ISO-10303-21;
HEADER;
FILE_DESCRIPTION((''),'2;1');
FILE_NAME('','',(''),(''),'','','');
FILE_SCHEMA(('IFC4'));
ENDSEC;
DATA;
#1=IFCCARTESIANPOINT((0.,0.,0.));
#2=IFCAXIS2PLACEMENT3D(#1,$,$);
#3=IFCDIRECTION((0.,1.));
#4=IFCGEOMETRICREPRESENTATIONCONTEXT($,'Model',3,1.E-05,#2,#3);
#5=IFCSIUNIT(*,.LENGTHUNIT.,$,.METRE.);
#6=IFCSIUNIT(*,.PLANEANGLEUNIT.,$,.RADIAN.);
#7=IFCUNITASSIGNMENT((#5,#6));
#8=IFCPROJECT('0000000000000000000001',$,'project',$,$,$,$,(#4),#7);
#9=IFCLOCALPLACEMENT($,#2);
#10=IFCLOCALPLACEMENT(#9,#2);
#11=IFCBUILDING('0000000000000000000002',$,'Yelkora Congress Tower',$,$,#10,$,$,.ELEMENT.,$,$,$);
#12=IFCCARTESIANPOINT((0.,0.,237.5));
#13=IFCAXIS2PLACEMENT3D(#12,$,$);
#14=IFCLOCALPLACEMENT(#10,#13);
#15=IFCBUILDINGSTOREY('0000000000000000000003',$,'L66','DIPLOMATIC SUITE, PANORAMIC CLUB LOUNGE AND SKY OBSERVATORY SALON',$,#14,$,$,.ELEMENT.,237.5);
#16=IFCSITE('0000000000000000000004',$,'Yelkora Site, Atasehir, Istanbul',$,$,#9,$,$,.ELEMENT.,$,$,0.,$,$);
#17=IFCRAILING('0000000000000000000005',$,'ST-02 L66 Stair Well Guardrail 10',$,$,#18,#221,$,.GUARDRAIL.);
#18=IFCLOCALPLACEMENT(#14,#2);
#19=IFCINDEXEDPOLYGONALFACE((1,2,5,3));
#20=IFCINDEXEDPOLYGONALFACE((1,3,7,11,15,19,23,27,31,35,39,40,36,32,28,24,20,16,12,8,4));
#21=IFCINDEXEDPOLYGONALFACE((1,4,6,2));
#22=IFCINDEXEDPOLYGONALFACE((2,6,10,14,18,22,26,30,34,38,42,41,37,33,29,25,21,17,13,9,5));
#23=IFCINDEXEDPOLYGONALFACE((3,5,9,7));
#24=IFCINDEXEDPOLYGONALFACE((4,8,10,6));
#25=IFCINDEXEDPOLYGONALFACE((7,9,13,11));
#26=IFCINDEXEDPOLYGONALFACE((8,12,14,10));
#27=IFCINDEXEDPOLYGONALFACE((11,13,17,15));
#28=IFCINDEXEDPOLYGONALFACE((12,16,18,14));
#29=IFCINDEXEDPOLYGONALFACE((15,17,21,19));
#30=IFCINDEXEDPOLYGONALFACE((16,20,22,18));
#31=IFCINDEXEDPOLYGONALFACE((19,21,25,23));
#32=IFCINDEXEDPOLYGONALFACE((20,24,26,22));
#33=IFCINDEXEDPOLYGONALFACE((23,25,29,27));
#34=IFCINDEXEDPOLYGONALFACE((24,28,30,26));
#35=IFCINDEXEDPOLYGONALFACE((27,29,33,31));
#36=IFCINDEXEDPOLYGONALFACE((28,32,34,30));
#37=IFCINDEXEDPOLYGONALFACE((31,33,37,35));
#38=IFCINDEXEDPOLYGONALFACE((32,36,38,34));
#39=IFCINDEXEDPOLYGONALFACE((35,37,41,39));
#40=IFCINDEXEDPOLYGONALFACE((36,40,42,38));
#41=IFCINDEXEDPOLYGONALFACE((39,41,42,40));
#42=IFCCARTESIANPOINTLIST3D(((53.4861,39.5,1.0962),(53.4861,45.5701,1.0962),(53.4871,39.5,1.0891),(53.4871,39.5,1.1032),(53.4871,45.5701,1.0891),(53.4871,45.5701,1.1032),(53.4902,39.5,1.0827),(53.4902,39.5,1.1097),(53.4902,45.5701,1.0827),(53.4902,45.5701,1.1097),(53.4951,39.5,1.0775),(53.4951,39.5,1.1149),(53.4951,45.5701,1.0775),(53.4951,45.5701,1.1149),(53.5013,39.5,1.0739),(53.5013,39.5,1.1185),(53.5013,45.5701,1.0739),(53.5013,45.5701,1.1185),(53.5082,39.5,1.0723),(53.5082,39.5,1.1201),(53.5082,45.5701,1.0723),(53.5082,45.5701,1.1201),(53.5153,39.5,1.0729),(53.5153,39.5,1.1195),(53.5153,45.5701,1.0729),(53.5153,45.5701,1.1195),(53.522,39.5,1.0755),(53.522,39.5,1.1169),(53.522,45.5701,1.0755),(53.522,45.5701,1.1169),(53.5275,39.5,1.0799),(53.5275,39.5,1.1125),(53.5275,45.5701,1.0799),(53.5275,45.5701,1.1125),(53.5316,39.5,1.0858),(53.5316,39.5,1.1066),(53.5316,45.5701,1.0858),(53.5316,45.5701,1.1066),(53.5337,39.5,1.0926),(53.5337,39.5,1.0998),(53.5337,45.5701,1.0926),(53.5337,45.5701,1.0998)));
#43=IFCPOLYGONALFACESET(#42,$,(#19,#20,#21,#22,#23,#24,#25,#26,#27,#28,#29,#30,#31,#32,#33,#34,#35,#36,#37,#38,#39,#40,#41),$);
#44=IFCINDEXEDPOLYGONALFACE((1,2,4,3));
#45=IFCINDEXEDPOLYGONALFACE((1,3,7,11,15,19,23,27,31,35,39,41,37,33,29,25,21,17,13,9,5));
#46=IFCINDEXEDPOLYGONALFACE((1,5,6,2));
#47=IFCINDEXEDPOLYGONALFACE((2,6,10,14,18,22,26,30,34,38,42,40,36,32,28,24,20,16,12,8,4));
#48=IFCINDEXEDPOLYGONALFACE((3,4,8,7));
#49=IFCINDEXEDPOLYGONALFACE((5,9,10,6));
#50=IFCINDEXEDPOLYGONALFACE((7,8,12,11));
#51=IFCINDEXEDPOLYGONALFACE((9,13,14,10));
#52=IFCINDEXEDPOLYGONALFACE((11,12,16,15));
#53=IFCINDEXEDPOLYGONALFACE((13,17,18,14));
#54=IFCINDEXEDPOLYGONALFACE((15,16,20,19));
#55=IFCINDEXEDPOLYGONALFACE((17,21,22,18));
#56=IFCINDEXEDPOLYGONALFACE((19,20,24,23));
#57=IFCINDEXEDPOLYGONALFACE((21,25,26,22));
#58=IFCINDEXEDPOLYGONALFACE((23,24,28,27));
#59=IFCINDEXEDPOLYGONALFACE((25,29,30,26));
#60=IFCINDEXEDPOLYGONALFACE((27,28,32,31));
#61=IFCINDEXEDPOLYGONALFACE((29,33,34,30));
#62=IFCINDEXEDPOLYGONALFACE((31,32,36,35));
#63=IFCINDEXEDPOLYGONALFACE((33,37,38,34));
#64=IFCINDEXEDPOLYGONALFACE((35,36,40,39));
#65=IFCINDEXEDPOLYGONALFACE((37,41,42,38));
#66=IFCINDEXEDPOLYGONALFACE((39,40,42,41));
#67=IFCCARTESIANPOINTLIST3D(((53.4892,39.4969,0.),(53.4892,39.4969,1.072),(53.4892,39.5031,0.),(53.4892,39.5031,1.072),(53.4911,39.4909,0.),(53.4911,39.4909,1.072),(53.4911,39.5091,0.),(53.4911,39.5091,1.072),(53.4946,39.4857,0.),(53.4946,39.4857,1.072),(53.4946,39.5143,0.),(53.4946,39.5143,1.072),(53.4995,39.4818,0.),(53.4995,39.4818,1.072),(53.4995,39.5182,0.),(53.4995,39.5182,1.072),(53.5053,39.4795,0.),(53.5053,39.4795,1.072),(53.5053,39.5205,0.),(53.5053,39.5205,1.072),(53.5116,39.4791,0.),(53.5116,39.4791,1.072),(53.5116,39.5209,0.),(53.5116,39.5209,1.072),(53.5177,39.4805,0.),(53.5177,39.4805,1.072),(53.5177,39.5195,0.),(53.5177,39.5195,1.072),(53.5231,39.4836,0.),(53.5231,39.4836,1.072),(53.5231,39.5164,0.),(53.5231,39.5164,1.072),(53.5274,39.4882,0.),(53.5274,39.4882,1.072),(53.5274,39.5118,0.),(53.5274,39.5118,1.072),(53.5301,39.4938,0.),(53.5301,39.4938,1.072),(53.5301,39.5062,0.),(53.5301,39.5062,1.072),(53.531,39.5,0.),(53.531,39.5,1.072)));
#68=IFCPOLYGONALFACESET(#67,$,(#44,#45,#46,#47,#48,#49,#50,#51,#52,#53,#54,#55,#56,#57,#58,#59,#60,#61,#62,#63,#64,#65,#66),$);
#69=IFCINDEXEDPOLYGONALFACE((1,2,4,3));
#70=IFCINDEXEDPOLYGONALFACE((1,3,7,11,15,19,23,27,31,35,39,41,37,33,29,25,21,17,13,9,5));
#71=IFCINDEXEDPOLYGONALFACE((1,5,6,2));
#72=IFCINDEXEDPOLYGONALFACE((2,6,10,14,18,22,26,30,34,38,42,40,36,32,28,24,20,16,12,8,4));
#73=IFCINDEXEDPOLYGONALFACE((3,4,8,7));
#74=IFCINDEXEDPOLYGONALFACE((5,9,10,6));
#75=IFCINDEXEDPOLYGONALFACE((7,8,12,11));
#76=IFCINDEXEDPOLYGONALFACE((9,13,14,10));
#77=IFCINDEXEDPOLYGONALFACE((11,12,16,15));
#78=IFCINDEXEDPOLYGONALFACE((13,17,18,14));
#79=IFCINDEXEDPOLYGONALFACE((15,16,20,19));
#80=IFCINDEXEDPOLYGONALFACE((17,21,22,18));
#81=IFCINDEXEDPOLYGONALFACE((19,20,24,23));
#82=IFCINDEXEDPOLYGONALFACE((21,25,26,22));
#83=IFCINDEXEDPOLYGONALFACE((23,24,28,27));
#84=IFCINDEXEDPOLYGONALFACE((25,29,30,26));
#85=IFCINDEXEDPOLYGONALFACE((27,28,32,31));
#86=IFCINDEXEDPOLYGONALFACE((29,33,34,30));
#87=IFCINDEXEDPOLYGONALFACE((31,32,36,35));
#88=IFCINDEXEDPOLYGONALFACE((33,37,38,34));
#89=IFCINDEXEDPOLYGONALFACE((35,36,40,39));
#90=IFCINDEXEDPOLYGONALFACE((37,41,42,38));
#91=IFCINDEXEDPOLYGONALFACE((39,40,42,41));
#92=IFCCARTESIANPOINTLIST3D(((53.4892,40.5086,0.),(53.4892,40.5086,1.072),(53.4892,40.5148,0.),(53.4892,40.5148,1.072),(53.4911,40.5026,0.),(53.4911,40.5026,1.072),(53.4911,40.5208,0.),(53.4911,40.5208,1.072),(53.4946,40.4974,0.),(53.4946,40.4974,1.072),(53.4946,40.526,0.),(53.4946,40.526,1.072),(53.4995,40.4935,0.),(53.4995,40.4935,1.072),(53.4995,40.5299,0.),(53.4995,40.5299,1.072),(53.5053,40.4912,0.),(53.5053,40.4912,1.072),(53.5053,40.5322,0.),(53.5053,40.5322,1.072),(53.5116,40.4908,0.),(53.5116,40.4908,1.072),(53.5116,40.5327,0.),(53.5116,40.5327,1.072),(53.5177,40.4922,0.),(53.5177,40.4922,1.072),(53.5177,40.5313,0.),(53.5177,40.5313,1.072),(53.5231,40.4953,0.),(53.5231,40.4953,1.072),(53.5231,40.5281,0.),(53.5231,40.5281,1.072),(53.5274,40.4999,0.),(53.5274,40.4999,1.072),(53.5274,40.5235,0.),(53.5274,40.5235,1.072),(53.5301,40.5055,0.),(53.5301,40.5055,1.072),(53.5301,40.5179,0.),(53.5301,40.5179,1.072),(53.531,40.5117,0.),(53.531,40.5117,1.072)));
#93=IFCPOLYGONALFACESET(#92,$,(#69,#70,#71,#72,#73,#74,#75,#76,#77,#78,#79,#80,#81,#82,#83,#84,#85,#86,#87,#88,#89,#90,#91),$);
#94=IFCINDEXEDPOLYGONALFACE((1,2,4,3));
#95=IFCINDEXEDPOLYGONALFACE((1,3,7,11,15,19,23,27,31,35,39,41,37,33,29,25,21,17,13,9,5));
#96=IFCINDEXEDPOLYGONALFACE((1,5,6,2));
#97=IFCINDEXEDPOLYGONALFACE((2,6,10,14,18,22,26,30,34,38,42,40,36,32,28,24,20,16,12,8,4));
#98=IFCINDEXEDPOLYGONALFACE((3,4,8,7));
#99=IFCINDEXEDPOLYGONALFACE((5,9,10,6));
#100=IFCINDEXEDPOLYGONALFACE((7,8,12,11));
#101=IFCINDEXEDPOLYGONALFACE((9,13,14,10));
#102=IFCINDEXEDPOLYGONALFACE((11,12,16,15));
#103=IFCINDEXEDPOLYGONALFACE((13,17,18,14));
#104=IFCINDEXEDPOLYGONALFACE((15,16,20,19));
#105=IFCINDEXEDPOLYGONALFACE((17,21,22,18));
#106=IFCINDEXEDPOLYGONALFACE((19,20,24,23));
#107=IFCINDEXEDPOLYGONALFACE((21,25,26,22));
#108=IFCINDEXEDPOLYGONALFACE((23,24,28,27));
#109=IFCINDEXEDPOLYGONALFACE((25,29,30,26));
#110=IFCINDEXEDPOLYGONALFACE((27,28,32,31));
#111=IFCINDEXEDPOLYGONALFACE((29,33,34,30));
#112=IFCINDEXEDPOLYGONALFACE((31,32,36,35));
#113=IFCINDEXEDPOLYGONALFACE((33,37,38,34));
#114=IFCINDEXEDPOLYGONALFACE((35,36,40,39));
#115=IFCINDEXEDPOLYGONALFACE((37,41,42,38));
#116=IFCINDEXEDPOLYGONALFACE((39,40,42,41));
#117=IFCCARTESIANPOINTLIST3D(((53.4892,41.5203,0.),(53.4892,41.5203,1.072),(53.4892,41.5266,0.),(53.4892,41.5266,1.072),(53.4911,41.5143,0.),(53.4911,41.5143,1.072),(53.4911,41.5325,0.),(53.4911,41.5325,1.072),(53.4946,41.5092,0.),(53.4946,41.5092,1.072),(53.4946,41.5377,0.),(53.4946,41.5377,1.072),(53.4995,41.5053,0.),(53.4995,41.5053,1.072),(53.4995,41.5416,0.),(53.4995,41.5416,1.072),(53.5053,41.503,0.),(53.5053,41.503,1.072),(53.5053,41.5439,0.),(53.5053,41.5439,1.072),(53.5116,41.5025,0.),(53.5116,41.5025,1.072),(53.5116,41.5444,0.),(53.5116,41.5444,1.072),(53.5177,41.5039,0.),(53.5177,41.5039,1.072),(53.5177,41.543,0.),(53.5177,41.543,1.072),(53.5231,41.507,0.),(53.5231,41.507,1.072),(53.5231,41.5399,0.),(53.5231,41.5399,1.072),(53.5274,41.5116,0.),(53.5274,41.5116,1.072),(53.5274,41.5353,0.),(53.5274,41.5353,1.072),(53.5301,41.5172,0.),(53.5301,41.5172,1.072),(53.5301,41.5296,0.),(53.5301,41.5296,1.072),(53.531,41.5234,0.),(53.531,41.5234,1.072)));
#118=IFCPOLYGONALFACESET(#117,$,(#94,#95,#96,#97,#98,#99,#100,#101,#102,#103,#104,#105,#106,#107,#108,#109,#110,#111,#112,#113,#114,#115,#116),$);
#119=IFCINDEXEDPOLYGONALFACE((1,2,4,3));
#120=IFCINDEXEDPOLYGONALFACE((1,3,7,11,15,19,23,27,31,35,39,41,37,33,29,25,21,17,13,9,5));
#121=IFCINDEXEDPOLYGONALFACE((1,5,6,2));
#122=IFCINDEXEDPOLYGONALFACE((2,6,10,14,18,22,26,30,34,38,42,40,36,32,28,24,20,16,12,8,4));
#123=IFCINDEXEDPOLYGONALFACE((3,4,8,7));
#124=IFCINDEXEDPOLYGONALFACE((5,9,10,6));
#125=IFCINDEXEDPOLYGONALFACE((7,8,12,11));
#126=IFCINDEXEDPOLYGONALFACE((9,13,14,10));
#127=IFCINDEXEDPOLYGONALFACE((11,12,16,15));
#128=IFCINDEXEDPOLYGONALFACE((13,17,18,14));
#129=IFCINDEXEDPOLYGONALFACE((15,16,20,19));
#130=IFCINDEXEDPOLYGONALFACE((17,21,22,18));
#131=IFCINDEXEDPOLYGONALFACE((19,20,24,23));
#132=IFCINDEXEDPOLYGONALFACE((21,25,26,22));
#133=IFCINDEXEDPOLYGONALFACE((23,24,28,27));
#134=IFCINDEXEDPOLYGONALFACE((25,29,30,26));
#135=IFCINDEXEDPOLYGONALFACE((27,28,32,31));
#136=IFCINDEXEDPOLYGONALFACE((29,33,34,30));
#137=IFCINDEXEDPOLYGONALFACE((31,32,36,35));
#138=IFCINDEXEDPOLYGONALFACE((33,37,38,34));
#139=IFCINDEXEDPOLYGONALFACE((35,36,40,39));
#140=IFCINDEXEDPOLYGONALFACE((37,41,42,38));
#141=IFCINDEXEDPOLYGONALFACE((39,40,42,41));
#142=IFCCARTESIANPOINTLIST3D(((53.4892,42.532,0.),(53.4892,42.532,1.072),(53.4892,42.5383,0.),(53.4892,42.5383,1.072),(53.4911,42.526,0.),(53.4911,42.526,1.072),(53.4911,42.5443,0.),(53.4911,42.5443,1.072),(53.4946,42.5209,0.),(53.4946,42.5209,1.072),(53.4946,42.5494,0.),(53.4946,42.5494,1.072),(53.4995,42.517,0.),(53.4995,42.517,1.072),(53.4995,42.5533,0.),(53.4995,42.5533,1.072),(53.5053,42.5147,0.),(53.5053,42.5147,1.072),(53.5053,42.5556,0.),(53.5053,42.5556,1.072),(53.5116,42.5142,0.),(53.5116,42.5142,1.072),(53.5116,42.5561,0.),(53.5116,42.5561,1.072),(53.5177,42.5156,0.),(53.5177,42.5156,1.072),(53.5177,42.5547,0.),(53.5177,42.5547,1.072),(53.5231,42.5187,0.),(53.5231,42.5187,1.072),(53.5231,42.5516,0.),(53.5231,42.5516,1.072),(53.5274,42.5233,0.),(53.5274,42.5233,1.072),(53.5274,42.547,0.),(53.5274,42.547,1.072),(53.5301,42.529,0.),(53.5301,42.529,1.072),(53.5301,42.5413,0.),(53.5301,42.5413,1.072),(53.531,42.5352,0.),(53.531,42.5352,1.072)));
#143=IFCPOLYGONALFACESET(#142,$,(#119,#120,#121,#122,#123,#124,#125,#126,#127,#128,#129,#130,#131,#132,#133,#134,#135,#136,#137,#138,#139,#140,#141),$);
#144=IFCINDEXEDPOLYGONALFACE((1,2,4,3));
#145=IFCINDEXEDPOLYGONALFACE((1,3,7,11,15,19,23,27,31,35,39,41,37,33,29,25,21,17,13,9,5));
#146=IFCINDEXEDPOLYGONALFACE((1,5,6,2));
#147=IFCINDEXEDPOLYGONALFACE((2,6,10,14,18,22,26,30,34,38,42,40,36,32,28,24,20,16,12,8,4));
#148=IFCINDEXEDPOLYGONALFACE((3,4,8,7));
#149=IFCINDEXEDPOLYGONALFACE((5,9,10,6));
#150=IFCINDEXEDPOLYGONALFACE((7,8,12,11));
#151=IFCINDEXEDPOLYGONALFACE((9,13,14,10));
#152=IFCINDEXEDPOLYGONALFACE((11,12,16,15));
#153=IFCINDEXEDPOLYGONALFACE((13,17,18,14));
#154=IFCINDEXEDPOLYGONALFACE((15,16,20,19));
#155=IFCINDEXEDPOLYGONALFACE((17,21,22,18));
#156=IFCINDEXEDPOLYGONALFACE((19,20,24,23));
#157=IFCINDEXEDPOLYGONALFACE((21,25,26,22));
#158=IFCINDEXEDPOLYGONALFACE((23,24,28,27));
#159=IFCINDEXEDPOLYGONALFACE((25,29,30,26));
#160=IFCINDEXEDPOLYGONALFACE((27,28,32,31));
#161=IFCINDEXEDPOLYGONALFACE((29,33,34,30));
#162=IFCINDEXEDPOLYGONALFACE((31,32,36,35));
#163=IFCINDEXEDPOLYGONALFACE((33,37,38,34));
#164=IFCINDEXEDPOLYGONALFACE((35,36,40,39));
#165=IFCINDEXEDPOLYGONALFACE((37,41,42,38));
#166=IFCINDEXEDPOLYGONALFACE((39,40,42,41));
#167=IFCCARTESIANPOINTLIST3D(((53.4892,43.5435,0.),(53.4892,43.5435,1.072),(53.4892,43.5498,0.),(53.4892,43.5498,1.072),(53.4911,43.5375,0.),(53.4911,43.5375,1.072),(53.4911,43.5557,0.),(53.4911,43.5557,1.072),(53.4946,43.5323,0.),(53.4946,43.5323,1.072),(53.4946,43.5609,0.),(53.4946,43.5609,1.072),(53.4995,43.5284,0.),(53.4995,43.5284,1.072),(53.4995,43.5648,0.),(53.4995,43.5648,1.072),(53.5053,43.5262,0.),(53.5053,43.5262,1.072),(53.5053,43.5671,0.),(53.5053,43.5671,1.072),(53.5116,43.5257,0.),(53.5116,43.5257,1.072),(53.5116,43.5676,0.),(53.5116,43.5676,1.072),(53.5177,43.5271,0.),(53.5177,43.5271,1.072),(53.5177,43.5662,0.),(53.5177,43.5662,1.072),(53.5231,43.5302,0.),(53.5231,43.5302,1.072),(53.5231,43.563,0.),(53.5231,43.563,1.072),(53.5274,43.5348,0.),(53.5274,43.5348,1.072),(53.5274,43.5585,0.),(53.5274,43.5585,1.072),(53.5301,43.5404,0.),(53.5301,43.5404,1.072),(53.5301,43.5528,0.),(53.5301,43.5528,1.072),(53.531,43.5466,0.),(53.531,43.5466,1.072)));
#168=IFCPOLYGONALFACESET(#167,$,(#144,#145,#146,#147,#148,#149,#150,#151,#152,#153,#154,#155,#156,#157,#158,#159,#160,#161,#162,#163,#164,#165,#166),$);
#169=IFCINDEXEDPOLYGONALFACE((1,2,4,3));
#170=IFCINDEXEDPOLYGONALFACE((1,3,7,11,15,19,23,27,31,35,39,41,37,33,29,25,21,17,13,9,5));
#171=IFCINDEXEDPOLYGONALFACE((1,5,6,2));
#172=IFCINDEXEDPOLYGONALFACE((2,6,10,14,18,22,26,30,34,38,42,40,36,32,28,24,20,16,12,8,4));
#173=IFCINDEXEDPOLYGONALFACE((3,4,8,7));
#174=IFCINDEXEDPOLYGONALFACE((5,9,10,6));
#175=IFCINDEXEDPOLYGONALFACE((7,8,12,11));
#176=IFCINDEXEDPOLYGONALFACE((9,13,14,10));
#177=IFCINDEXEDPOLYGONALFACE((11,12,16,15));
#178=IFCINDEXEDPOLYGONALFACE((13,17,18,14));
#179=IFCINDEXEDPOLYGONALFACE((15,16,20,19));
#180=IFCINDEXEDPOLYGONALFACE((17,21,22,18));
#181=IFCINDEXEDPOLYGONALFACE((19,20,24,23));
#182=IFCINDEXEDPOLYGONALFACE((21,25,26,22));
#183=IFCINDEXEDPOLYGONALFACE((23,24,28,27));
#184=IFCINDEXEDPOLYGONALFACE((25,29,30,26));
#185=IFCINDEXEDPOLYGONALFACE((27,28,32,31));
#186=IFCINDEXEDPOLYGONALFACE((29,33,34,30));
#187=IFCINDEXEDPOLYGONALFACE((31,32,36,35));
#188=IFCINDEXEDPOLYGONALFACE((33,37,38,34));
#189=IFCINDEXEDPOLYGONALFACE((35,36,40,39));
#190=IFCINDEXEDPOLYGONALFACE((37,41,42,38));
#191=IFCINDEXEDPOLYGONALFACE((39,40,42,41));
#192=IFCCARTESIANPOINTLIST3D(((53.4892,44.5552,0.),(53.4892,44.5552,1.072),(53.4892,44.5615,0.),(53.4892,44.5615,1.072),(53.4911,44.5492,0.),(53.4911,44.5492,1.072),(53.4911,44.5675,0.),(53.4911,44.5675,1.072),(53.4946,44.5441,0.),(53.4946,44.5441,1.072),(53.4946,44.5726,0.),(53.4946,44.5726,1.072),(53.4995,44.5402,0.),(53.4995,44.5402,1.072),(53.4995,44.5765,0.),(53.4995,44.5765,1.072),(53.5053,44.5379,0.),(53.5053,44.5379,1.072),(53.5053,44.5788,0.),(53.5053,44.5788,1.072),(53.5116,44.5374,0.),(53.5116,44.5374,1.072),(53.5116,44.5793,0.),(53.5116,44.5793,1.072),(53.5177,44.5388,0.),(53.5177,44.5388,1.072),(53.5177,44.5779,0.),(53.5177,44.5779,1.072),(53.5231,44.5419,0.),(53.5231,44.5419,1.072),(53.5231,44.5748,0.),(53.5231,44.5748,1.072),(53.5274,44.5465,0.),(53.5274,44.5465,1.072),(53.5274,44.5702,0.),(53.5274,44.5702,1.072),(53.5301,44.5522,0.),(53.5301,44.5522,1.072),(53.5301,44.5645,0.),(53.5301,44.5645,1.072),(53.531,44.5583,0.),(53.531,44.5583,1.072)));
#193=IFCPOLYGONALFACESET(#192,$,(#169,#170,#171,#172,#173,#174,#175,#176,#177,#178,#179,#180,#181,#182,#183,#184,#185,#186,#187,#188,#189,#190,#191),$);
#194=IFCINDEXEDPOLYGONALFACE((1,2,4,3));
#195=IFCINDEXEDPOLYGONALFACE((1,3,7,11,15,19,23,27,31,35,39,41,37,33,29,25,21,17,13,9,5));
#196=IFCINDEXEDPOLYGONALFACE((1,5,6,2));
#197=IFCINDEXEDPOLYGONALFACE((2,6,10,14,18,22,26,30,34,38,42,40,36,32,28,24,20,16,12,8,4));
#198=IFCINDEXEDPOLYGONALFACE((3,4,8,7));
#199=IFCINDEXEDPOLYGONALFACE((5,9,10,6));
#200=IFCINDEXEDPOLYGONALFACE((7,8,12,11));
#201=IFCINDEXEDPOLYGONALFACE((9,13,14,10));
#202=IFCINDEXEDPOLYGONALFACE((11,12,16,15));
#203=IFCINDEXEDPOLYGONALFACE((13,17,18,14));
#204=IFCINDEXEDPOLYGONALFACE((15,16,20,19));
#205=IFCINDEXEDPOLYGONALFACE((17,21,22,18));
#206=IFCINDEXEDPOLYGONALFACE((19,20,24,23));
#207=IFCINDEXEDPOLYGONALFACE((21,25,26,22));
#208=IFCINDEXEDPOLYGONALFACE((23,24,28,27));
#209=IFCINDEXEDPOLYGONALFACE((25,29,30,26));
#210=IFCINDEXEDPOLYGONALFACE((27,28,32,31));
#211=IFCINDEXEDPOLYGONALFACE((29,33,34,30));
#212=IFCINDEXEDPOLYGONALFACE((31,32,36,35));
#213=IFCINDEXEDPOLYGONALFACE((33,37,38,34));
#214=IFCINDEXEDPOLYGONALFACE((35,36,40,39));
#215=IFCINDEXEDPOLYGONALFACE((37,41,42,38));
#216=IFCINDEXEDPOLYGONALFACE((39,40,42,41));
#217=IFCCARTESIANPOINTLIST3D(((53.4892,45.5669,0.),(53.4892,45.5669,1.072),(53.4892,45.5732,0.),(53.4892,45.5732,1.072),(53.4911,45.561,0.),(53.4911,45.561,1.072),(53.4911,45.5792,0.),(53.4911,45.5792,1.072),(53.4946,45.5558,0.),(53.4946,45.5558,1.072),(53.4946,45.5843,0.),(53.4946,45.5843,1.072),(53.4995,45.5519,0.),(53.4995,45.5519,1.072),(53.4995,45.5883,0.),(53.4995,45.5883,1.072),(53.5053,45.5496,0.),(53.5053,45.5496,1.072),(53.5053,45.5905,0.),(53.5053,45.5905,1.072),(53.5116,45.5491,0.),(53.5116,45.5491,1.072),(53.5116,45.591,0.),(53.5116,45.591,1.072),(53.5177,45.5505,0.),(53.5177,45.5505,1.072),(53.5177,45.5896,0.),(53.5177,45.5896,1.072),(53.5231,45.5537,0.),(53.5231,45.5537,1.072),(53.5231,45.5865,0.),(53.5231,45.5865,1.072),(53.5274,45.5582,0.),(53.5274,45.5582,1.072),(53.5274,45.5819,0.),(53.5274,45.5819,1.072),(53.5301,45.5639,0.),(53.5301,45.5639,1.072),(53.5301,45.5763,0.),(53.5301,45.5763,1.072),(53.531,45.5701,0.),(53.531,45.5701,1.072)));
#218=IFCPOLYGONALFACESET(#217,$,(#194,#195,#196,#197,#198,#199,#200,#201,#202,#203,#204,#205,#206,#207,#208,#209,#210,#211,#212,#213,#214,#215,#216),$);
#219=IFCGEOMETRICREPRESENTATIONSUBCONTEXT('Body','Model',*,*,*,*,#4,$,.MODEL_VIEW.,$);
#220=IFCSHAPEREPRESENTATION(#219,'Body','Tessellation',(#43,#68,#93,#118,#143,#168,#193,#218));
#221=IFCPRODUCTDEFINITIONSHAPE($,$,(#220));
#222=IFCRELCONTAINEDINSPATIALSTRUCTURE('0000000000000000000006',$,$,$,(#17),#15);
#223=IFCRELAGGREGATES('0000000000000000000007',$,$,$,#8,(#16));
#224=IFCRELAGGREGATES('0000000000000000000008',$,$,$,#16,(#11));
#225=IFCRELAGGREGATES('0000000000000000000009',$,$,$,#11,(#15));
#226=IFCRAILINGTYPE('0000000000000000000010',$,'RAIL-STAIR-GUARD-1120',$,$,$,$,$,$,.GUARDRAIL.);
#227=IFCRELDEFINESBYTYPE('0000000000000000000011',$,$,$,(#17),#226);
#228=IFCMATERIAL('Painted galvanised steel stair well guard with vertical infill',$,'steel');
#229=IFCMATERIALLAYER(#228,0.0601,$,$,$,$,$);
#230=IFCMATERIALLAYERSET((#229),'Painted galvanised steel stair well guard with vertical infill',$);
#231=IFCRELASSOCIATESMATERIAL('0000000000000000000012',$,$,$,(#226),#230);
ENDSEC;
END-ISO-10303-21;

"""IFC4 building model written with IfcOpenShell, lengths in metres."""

from ifc_helpers import new_model, si_unit, direction, frame, origin, origin_2d, place, context, subcontext, project, spatial, circle, extrude, material, layer, layer_set, type_object, element, save


model = new_model("IFC4")

# Units and contexts
model_context = context("Model", 3, precision=1e-05, world=origin(), true_north=direction((0.0, 1.0)))
body_context = subcontext(model_context, "Body", "Model", "MODEL_VIEW")
ifc_project = project(units=[si_unit("LENGTHUNIT", "METRE"), si_unit("PLANEANGLEUNIT", "RADIAN")], contexts=[model_context])

# Site, building, storey
site_placement = place(None, origin())
site = spatial("IfcSite", under=ifc_project, at=site_placement, Name="Yelkora Site, Atasehir, Istanbul", CompositionType="ELEMENT", RefElevation=0.0)
building_placement = place(site_placement, origin())
building = spatial("IfcBuilding", under=site, at=building_placement, Name="Yelkora Congress Tower", CompositionType="ELEMENT")
storey_placement = place(building_placement, frame((0.0, 0.0, 237.5)))
storey = spatial("IfcBuildingStorey", under=building, at=storey_placement, Name="L66", Description="DIPLOMATIC SUITE, PANORAMIC CLUB LOUNGE AND SKY OBSERVATORY SALON", CompositionType="ELEMENT", Elevation=237.5)

# Railing
ifc_material_1 = material(Name="Painted galvanised steel stair well guard with vertical infill", Category="steel")
ifc_layer_1 = layer(ifc_material_1, 0.0601)
ifc_layer_set_1 = layer_set([ifc_layer_1], Name="Painted galvanised steel stair well guard with vertical infill")
railing_type_1 = type_object("IfcRailingType", Name="RAIL-STAIR-GUARD-1120", PredefinedType="GUARDRAIL", material=ifc_layer_set_1)
railing_1_placement = place(storey_placement, frame((53.51, 39.5, 0.0)))
element("IfcRailing", 1, at=railing_1_placement, inside=storey, type_object=railing_type_1, Name="ST-02 L66 Stair Well Guardrail 10", PredefinedType="GUARDRAIL", context=body_context, shape_type="SweptSolid", body=[
    extrude(circle(Radius=0.0239, at=origin_2d()), frame((0.0, 0.0, 1.0962), z_axis=(0.0, 1.0, 0.0), x_axis=(-1.0, 0.0, 0.0)), (0.0, 0.0, 1.0), 6.0701),
    extrude(circle(Radius=0.021, at=origin_2d()), origin(), (0.0, 0.0, 1.0), 1.072),
    extrude(circle(Radius=0.021, at=origin_2d()), frame((0.0, 1.0117, 0.0)), (0.0, 0.0, 1.0), 1.072),
    extrude(circle(Radius=0.021, at=origin_2d()), frame((0.0, 2.0234, 0.0)), (0.0, 0.0, 1.0), 1.072),
    extrude(circle(Radius=0.021, at=origin_2d()), frame((0.0, 3.0352, 0.0)), (0.0, 0.0, 1.0), 1.072),
    extrude(circle(Radius=0.021, at=origin_2d()), frame((0.0, 4.0466, 0.0)), (0.0, 0.0, 1.0), 1.072),
    extrude(circle(Radius=0.021, at=origin_2d()), frame((0.0, 5.0583, 0.0)), (0.0, 0.0, 1.0), 1.072),
    extrude(circle(Radius=0.021, at=origin_2d()), frame((0.0, 6.0701, 0.0)), (0.0, 0.0, 1.0), 1.072),
])

save(model, "model.ifc")
